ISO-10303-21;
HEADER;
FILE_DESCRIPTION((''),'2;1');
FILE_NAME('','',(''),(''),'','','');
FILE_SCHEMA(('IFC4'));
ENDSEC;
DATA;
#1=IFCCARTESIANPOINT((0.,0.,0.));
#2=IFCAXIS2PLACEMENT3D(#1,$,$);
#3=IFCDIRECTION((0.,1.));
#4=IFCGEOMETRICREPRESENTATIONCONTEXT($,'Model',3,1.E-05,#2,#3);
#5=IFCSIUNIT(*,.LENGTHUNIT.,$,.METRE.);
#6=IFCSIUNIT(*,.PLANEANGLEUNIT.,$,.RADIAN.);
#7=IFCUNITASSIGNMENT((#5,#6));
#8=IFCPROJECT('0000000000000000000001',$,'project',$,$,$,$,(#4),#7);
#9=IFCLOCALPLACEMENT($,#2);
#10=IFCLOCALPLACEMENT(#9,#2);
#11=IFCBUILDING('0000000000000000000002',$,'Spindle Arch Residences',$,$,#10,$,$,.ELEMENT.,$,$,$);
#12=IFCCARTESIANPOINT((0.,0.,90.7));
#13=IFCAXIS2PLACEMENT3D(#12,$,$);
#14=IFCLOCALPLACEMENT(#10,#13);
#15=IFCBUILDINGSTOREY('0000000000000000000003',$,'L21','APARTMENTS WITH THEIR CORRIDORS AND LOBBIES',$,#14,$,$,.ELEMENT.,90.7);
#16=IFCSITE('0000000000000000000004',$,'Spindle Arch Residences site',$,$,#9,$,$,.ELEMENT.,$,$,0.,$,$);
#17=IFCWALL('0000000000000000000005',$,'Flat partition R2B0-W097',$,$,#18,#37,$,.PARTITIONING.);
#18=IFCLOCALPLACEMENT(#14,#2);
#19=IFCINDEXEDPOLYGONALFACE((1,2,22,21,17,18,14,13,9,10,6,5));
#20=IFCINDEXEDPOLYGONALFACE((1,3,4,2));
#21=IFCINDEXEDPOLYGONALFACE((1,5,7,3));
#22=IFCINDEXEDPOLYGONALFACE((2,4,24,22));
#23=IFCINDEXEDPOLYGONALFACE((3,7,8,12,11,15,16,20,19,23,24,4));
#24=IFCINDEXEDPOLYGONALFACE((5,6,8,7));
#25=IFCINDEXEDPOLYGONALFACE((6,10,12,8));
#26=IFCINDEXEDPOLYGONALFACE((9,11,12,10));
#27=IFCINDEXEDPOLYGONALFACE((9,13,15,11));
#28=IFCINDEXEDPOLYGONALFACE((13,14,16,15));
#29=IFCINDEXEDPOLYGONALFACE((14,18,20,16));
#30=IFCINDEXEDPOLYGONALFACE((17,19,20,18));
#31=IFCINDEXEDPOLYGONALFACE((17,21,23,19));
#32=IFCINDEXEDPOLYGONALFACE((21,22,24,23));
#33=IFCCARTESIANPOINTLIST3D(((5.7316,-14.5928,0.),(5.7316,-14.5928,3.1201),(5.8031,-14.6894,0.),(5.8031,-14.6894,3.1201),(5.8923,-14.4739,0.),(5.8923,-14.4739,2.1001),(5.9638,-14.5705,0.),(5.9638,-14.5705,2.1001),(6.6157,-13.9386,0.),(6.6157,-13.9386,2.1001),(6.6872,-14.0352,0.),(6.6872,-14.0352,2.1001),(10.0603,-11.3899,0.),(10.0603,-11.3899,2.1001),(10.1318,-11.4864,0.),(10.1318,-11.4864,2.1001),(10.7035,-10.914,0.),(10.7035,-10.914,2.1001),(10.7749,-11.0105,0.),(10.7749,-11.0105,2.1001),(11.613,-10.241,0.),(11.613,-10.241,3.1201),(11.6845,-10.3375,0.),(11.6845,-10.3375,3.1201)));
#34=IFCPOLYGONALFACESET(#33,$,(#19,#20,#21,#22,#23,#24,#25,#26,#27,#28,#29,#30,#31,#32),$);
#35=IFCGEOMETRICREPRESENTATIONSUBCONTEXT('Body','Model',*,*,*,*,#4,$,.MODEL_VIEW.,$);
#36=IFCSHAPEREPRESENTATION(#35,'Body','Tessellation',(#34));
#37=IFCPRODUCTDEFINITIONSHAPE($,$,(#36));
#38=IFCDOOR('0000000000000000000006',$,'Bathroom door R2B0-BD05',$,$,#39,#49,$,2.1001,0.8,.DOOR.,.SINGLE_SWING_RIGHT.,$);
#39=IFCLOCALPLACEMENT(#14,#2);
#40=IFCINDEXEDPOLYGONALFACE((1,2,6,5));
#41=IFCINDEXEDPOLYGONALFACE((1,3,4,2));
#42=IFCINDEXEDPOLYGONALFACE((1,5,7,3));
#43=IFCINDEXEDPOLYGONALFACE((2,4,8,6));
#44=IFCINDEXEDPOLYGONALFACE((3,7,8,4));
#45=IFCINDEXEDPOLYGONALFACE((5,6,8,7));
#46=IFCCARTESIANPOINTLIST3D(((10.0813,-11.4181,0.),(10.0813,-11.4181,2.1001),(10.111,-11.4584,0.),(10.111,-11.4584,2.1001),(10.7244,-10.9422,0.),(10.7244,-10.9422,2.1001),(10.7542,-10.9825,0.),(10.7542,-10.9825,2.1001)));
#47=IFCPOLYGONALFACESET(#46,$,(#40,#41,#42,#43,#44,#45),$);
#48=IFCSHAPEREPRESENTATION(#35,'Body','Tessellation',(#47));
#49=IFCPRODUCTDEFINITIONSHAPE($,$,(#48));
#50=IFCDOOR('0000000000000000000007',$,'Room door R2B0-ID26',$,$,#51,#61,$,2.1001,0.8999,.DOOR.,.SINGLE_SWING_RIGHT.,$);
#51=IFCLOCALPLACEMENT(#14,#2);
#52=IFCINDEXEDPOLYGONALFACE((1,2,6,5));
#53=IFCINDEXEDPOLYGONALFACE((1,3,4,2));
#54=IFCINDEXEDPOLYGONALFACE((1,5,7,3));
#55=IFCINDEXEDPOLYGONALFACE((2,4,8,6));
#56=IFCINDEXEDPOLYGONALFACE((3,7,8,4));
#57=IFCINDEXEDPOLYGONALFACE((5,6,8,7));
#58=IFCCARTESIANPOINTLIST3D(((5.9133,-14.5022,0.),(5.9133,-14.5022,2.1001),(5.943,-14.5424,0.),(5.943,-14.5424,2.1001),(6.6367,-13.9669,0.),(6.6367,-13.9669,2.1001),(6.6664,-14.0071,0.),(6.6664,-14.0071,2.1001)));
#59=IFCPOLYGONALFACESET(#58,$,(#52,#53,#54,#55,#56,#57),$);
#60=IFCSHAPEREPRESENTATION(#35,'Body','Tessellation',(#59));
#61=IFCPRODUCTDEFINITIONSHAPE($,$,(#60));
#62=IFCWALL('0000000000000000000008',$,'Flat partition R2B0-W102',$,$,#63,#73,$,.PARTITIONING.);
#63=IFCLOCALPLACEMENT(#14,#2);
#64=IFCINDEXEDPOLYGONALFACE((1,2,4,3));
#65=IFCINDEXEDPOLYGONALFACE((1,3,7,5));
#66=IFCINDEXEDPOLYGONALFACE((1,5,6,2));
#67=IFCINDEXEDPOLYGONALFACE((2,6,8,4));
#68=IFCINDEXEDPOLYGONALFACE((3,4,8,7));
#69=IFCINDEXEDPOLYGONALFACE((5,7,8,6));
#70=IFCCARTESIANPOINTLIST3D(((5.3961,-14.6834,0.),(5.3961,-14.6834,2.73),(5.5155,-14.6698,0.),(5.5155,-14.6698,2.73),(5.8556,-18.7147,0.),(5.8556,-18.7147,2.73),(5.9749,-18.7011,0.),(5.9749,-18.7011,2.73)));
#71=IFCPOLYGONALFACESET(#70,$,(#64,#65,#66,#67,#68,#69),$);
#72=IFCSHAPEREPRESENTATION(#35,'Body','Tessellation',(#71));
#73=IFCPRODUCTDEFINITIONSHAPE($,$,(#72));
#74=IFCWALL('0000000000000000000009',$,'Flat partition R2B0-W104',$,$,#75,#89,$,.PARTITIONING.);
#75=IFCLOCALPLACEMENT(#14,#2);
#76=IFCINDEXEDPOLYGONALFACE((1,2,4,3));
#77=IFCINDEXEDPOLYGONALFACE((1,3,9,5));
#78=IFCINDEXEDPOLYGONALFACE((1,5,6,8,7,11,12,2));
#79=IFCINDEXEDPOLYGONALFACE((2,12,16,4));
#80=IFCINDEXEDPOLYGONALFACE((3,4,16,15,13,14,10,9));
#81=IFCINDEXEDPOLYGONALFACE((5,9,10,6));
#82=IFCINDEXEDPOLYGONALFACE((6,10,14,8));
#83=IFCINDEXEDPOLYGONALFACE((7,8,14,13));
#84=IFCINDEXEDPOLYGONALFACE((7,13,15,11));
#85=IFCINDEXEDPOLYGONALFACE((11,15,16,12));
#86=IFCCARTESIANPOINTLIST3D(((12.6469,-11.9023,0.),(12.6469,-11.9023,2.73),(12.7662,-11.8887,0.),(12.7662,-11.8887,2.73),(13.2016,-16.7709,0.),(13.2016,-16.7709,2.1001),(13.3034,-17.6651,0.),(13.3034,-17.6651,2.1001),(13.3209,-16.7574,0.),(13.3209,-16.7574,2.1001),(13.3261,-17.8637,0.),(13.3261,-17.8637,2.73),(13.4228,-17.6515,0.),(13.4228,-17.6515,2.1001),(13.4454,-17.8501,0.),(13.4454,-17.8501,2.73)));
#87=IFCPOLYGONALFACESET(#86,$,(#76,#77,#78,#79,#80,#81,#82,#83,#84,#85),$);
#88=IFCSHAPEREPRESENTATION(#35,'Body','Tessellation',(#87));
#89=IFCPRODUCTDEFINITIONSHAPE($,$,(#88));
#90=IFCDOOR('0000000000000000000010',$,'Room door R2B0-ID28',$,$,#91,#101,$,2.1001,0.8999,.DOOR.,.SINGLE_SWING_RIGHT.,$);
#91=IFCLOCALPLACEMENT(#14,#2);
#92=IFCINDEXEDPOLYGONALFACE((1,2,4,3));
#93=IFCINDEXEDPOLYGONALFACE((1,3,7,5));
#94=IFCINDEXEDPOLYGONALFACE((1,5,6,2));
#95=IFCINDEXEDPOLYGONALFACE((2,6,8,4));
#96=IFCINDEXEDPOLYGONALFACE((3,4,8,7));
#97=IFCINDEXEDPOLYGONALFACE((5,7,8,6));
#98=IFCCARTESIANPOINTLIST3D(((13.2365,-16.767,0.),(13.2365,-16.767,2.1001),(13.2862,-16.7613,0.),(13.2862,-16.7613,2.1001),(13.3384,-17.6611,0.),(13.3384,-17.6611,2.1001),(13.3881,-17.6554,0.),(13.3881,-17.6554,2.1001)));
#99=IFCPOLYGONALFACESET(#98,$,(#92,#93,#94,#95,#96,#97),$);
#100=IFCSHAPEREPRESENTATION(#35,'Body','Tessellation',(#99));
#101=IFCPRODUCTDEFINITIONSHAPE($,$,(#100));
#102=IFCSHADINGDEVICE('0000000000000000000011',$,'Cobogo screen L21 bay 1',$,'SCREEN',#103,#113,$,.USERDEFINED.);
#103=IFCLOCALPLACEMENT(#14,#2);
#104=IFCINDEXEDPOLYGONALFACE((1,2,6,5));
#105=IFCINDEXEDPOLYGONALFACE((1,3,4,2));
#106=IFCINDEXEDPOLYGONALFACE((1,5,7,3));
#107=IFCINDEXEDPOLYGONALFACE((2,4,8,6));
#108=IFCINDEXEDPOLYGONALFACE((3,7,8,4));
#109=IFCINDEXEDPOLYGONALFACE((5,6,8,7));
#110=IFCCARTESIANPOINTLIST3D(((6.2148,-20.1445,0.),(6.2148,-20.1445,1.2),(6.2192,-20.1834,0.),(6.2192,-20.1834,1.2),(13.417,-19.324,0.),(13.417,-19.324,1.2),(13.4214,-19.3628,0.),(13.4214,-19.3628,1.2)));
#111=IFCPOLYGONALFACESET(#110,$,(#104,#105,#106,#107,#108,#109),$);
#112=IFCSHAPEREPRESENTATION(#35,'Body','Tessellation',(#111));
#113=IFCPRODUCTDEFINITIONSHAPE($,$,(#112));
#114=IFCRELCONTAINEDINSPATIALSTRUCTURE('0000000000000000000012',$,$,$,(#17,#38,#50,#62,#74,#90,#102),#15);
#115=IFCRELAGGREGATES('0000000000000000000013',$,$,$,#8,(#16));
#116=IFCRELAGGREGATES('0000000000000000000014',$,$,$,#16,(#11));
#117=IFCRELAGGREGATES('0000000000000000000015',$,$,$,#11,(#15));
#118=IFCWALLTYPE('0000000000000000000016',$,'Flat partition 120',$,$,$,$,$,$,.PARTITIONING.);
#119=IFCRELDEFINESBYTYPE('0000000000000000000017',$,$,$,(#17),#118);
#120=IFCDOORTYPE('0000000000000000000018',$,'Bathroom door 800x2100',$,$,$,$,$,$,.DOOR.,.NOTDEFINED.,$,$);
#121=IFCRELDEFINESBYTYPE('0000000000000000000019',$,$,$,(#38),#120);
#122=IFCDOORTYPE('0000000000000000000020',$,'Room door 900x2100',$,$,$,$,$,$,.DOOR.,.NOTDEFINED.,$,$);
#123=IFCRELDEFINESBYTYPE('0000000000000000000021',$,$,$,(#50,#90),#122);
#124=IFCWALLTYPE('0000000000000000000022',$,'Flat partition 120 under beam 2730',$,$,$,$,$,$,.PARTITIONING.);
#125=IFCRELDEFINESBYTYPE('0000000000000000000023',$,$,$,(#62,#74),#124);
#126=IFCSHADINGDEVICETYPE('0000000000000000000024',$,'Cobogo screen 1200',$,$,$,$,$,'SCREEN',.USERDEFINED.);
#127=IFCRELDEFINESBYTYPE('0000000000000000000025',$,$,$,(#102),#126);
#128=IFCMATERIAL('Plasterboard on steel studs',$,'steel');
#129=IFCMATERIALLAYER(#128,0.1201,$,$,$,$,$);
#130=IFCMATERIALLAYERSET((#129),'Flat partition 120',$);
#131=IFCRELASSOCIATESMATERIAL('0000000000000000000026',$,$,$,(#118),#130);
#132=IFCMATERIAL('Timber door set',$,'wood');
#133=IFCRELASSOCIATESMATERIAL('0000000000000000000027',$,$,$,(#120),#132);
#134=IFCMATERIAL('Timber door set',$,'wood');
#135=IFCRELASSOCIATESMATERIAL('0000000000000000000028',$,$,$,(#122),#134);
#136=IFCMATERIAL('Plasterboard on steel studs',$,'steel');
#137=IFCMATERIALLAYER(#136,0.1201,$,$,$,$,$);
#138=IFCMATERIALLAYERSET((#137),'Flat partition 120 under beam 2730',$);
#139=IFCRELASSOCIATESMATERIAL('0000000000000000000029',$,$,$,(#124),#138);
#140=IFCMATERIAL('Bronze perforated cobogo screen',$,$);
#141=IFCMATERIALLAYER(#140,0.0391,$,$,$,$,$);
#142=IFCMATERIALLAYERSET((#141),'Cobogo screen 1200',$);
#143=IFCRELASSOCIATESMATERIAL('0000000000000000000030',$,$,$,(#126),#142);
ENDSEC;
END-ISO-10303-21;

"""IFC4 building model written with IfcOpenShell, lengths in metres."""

from ifc_helpers import new_model, si_unit, direction, frame, frame_2d, origin, origin_2d, place, context, subcontext, project, spatial, rectangle, extrude, material, layer, layer_set, type_object, element, fill, save


model = new_model("IFC4")

# Units and contexts
model_context = context("Model", 3, precision=1e-05, world=origin(), true_north=direction((0.0, 1.0)))
body_context = subcontext(model_context, "Body", "Model", "MODEL_VIEW")
ifc_project = project(units=[si_unit("LENGTHUNIT", "METRE"), si_unit("PLANEANGLEUNIT", "RADIAN")], contexts=[model_context])

# Site, building, storey
site_placement = place(None, origin())
site = spatial("IfcSite", under=ifc_project, at=site_placement, Name="Spindle Arch Residences site", CompositionType="ELEMENT", RefElevation=0.0)
building_placement = place(site_placement, origin())
building = spatial("IfcBuilding", under=site, at=building_placement, Name="Spindle Arch Residences", CompositionType="ELEMENT")
storey_placement = place(building_placement, frame((0.0, 0.0, 90.7)))
storey = spatial("IfcBuildingStorey", under=building, at=storey_placement, Name="L21", Description="APARTMENTS WITH THEIR CORRIDORS AND LOBBIES", CompositionType="ELEMENT", Elevation=90.7)

# Shared definitions
ifc_material_1 = material(Name="Plasterboard on steel studs", Category="steel")
ifc_layer_1 = layer(ifc_material_1, 0.1201)
ifc_layer_set_1 = layer_set([ifc_layer_1], Name="Flat partition 120")
wall_type_1 = type_object("IfcWallType", Name="Flat partition 120", PredefinedType="PARTITIONING", material=ifc_layer_set_1)

# Wall, openings, doors
wall_1_placement = place(storey_placement, frame((5.7673, -14.6411, 0.0), z_axis=(0.0, 0.0, 1.0), x_axis=(0.803867, 0.594809, 0.0)))
wall_1 = element("IfcWall", 1, at=wall_1_placement, inside=storey, type_object=wall_type_1, Name="Flat partition R2B0-W097", PredefinedType="PARTITIONING", context=body_context, shape_type="SweptSolid", body=[
    extrude(rectangle(XDim=7.3164, YDim=0.1201, at=frame_2d((3.6582, 0.0))), origin(), (0.0, 0.0, 1.0), 3.1201),
])
opening_1_placement = place(wall_1_placement, frame((0.2, 0.0, 0.0)))
opening_1 = element("IfcOpeningElement", 2, at=opening_1_placement, cuts=wall_1, PredefinedType="OPENING", context=body_context, shape_type="SweptSolid", body=[
    extrude(rectangle(XDim=0.8999, YDim=2.1001, at=frame_2d((0.45, 1.05))), frame((0.0, 0.0701, 0.0), z_axis=(0.0, -1.0, 0.0), x_axis=(1.0, 0.0, 0.0)), (0.0, 0.0, 1.0), 0.1401),
])
opening_2_placement = place(wall_1_placement, frame((5.385, 0.0, 0.0)))
opening_2 = element("IfcOpeningElement", 3, at=opening_2_placement, cuts=wall_1, PredefinedType="OPENING", context=body_context, shape_type="SweptSolid", body=[
    extrude(rectangle(XDim=0.8, YDim=2.1001, at=frame_2d((0.3999, 1.05))), frame((0.0, 0.0701, 0.0), z_axis=(0.0, -1.0, 0.0), x_axis=(1.0, 0.0, 0.0)), (0.0, 0.0, 1.0), 0.1401),
])
ifc_material_2 = material(Name="Timber door set", Category="wood")
door_type_1 = type_object("IfcDoorType", Name="Bathroom door 800x2100", OperationType="NOTDEFINED", PredefinedType="DOOR", material=ifc_material_2)
door_1_placement = place(opening_2_placement, origin())
door_1 = element("IfcDoor", 4, at=door_1_placement, inside=storey, type_object=door_type_1, Name="Bathroom door R2B0-BD05", OperationType="SINGLE_SWING_RIGHT", OverallHeight=2.1001, OverallWidth=0.8, PredefinedType="DOOR", context=body_context, shape_type="SweptSolid", body=[
    extrude(rectangle(XDim=0.8, YDim=2.1001, at=frame_2d((0.3999, 1.05))), frame((0.0, 0.0249, 0.0), z_axis=(0.0, -1.0, 0.0), x_axis=(1.0, 0.0, 0.0)), (0.0, 0.0, 1.0), 0.05),
])
fill(opening_2, door_1)
ifc_material_3 = material(Name="Timber door set", Category="wood")
door_type_2 = type_object("IfcDoorType", Name="Room door 900x2100", OperationType="NOTDEFINED", PredefinedType="DOOR", material=ifc_material_3)
door_2_placement = place(opening_1_placement, origin())
door_2 = element("IfcDoor", 5, at=door_2_placement, inside=storey, type_object=door_type_2, Name="Room door R2B0-ID26", OperationType="SINGLE_SWING_RIGHT", OverallHeight=2.1001, OverallWidth=0.8999, PredefinedType="DOOR", context=body_context, shape_type="SweptSolid", body=[
    extrude(rectangle(XDim=0.8999, YDim=2.1001, at=frame_2d((0.45, 1.05))), frame((0.0, 0.0249, 0.0), z_axis=(0.0, -1.0, 0.0), x_axis=(1.0, 0.0, 0.0)), (0.0, 0.0, 1.0), 0.05),
])
fill(opening_1, door_2)

# Wall
ifc_material_4 = material(Name="Plasterboard on steel studs", Category="steel")
ifc_layer_2 = layer(ifc_material_4, 0.1201)
ifc_layer_set_2 = layer_set([ifc_layer_2], Name="Flat partition 120 under beam 2730")
wall_type_2 = type_object("IfcWallType", Name="Flat partition 120 under beam 2730", PredefinedType="PARTITIONING", material=ifc_layer_set_2)
wall_2_placement = place(storey_placement, frame((5.9153, -18.708, 0.0), z_axis=(0.0, 0.0, 1.0), x_axis=(-0.113245, 0.993567, 0.0)))
element("IfcWall", 6, at=wall_2_placement, inside=storey, type_object=wall_type_2, Name="Flat partition R2B0-W102", PredefinedType="PARTITIONING", context=body_context, shape_type="SweptSolid", body=[
    extrude(rectangle(XDim=4.0574, YDim=0.1201, at=frame_2d((2.0288, 0.0))), origin(), (0.0, 0.0, 1.0), 2.73),
])

# Wall, opening, door
wall_3_placement = place(storey_placement, frame((13.3857, -17.8569, 0.0), z_axis=(0.0, 0.0, 1.0), x_axis=(-0.1132, 0.993572, 0.0)))
wall_3 = element("IfcWall", 7, at=wall_3_placement, inside=storey, type_object=wall_type_2, Name="Flat partition R2B0-W104", PredefinedType="PARTITIONING", context=body_context, shape_type="SweptSolid", body=[
    extrude(rectangle(XDim=6.0, YDim=0.1201, at=frame_2d((3.0, 0.0))), origin(), (0.0, 0.0, 1.0), 2.73),
])
opening_3_placement = place(wall_3_placement, frame((0.2, 0.0, 0.0)))
opening_3 = element("IfcOpeningElement", 8, at=opening_3_placement, cuts=wall_3, PredefinedType="OPENING", context=body_context, shape_type="SweptSolid", body=[
    extrude(rectangle(XDim=0.8999, YDim=2.1001, at=frame_2d((0.45, 1.05))), frame((0.0, 0.0701, 0.0), z_axis=(0.0, -1.0, 0.0), x_axis=(1.0, 0.0, 0.0)), (0.0, 0.0, 1.0), 0.1401),
])
door_3_placement = place(opening_3_placement, origin())
door_3 = element("IfcDoor", 9, at=door_3_placement, inside=storey, type_object=door_type_2, Name="Room door R2B0-ID28", OperationType="SINGLE_SWING_RIGHT", OverallHeight=2.1001, OverallWidth=0.8999, PredefinedType="DOOR", context=body_context, shape_type="SweptSolid", body=[
    extrude(rectangle(XDim=0.8999, YDim=2.1001, at=frame_2d((0.45, 1.05))), frame((0.0, 0.0249, 0.0), z_axis=(0.0, -1.0, 0.0), x_axis=(1.0, 0.0, 0.0)), (0.0, 0.0, 1.0), 0.05),
])
fill(opening_3, door_3)

# Shading device
ifc_material_5 = material(Name="Bronze perforated cobogo screen")
ifc_layer_3 = layer(ifc_material_5, 0.0391)
ifc_layer_set_3 = layer_set([ifc_layer_3], Name="Cobogo screen 1200")
shading_device_type = type_object("IfcShadingDeviceType", Name="Cobogo screen 1200", ElementType="SCREEN", PredefinedType="USERDEFINED", material=ifc_layer_set_3)
shading_device_placement = place(storey_placement, frame((9.8181, -19.7537, 0.0), z_axis=(0.0, 0.0, 1.0), x_axis=(0.993572, 0.113203, 0.0)))
element("IfcShadingDevice", 10, at=shading_device_placement, inside=storey, type_object=shading_device_type, Name="Cobogo screen L21 bay 1", ObjectType="SCREEN", PredefinedType="USERDEFINED", context=body_context, shape_type="SweptSolid", body=[
    extrude(rectangle(XDim=7.2488, YDim=0.0391, at=origin_2d()), origin(), (0.0, 0.0, 1.0), 1.2),
])

save(model, "model.ifc")
